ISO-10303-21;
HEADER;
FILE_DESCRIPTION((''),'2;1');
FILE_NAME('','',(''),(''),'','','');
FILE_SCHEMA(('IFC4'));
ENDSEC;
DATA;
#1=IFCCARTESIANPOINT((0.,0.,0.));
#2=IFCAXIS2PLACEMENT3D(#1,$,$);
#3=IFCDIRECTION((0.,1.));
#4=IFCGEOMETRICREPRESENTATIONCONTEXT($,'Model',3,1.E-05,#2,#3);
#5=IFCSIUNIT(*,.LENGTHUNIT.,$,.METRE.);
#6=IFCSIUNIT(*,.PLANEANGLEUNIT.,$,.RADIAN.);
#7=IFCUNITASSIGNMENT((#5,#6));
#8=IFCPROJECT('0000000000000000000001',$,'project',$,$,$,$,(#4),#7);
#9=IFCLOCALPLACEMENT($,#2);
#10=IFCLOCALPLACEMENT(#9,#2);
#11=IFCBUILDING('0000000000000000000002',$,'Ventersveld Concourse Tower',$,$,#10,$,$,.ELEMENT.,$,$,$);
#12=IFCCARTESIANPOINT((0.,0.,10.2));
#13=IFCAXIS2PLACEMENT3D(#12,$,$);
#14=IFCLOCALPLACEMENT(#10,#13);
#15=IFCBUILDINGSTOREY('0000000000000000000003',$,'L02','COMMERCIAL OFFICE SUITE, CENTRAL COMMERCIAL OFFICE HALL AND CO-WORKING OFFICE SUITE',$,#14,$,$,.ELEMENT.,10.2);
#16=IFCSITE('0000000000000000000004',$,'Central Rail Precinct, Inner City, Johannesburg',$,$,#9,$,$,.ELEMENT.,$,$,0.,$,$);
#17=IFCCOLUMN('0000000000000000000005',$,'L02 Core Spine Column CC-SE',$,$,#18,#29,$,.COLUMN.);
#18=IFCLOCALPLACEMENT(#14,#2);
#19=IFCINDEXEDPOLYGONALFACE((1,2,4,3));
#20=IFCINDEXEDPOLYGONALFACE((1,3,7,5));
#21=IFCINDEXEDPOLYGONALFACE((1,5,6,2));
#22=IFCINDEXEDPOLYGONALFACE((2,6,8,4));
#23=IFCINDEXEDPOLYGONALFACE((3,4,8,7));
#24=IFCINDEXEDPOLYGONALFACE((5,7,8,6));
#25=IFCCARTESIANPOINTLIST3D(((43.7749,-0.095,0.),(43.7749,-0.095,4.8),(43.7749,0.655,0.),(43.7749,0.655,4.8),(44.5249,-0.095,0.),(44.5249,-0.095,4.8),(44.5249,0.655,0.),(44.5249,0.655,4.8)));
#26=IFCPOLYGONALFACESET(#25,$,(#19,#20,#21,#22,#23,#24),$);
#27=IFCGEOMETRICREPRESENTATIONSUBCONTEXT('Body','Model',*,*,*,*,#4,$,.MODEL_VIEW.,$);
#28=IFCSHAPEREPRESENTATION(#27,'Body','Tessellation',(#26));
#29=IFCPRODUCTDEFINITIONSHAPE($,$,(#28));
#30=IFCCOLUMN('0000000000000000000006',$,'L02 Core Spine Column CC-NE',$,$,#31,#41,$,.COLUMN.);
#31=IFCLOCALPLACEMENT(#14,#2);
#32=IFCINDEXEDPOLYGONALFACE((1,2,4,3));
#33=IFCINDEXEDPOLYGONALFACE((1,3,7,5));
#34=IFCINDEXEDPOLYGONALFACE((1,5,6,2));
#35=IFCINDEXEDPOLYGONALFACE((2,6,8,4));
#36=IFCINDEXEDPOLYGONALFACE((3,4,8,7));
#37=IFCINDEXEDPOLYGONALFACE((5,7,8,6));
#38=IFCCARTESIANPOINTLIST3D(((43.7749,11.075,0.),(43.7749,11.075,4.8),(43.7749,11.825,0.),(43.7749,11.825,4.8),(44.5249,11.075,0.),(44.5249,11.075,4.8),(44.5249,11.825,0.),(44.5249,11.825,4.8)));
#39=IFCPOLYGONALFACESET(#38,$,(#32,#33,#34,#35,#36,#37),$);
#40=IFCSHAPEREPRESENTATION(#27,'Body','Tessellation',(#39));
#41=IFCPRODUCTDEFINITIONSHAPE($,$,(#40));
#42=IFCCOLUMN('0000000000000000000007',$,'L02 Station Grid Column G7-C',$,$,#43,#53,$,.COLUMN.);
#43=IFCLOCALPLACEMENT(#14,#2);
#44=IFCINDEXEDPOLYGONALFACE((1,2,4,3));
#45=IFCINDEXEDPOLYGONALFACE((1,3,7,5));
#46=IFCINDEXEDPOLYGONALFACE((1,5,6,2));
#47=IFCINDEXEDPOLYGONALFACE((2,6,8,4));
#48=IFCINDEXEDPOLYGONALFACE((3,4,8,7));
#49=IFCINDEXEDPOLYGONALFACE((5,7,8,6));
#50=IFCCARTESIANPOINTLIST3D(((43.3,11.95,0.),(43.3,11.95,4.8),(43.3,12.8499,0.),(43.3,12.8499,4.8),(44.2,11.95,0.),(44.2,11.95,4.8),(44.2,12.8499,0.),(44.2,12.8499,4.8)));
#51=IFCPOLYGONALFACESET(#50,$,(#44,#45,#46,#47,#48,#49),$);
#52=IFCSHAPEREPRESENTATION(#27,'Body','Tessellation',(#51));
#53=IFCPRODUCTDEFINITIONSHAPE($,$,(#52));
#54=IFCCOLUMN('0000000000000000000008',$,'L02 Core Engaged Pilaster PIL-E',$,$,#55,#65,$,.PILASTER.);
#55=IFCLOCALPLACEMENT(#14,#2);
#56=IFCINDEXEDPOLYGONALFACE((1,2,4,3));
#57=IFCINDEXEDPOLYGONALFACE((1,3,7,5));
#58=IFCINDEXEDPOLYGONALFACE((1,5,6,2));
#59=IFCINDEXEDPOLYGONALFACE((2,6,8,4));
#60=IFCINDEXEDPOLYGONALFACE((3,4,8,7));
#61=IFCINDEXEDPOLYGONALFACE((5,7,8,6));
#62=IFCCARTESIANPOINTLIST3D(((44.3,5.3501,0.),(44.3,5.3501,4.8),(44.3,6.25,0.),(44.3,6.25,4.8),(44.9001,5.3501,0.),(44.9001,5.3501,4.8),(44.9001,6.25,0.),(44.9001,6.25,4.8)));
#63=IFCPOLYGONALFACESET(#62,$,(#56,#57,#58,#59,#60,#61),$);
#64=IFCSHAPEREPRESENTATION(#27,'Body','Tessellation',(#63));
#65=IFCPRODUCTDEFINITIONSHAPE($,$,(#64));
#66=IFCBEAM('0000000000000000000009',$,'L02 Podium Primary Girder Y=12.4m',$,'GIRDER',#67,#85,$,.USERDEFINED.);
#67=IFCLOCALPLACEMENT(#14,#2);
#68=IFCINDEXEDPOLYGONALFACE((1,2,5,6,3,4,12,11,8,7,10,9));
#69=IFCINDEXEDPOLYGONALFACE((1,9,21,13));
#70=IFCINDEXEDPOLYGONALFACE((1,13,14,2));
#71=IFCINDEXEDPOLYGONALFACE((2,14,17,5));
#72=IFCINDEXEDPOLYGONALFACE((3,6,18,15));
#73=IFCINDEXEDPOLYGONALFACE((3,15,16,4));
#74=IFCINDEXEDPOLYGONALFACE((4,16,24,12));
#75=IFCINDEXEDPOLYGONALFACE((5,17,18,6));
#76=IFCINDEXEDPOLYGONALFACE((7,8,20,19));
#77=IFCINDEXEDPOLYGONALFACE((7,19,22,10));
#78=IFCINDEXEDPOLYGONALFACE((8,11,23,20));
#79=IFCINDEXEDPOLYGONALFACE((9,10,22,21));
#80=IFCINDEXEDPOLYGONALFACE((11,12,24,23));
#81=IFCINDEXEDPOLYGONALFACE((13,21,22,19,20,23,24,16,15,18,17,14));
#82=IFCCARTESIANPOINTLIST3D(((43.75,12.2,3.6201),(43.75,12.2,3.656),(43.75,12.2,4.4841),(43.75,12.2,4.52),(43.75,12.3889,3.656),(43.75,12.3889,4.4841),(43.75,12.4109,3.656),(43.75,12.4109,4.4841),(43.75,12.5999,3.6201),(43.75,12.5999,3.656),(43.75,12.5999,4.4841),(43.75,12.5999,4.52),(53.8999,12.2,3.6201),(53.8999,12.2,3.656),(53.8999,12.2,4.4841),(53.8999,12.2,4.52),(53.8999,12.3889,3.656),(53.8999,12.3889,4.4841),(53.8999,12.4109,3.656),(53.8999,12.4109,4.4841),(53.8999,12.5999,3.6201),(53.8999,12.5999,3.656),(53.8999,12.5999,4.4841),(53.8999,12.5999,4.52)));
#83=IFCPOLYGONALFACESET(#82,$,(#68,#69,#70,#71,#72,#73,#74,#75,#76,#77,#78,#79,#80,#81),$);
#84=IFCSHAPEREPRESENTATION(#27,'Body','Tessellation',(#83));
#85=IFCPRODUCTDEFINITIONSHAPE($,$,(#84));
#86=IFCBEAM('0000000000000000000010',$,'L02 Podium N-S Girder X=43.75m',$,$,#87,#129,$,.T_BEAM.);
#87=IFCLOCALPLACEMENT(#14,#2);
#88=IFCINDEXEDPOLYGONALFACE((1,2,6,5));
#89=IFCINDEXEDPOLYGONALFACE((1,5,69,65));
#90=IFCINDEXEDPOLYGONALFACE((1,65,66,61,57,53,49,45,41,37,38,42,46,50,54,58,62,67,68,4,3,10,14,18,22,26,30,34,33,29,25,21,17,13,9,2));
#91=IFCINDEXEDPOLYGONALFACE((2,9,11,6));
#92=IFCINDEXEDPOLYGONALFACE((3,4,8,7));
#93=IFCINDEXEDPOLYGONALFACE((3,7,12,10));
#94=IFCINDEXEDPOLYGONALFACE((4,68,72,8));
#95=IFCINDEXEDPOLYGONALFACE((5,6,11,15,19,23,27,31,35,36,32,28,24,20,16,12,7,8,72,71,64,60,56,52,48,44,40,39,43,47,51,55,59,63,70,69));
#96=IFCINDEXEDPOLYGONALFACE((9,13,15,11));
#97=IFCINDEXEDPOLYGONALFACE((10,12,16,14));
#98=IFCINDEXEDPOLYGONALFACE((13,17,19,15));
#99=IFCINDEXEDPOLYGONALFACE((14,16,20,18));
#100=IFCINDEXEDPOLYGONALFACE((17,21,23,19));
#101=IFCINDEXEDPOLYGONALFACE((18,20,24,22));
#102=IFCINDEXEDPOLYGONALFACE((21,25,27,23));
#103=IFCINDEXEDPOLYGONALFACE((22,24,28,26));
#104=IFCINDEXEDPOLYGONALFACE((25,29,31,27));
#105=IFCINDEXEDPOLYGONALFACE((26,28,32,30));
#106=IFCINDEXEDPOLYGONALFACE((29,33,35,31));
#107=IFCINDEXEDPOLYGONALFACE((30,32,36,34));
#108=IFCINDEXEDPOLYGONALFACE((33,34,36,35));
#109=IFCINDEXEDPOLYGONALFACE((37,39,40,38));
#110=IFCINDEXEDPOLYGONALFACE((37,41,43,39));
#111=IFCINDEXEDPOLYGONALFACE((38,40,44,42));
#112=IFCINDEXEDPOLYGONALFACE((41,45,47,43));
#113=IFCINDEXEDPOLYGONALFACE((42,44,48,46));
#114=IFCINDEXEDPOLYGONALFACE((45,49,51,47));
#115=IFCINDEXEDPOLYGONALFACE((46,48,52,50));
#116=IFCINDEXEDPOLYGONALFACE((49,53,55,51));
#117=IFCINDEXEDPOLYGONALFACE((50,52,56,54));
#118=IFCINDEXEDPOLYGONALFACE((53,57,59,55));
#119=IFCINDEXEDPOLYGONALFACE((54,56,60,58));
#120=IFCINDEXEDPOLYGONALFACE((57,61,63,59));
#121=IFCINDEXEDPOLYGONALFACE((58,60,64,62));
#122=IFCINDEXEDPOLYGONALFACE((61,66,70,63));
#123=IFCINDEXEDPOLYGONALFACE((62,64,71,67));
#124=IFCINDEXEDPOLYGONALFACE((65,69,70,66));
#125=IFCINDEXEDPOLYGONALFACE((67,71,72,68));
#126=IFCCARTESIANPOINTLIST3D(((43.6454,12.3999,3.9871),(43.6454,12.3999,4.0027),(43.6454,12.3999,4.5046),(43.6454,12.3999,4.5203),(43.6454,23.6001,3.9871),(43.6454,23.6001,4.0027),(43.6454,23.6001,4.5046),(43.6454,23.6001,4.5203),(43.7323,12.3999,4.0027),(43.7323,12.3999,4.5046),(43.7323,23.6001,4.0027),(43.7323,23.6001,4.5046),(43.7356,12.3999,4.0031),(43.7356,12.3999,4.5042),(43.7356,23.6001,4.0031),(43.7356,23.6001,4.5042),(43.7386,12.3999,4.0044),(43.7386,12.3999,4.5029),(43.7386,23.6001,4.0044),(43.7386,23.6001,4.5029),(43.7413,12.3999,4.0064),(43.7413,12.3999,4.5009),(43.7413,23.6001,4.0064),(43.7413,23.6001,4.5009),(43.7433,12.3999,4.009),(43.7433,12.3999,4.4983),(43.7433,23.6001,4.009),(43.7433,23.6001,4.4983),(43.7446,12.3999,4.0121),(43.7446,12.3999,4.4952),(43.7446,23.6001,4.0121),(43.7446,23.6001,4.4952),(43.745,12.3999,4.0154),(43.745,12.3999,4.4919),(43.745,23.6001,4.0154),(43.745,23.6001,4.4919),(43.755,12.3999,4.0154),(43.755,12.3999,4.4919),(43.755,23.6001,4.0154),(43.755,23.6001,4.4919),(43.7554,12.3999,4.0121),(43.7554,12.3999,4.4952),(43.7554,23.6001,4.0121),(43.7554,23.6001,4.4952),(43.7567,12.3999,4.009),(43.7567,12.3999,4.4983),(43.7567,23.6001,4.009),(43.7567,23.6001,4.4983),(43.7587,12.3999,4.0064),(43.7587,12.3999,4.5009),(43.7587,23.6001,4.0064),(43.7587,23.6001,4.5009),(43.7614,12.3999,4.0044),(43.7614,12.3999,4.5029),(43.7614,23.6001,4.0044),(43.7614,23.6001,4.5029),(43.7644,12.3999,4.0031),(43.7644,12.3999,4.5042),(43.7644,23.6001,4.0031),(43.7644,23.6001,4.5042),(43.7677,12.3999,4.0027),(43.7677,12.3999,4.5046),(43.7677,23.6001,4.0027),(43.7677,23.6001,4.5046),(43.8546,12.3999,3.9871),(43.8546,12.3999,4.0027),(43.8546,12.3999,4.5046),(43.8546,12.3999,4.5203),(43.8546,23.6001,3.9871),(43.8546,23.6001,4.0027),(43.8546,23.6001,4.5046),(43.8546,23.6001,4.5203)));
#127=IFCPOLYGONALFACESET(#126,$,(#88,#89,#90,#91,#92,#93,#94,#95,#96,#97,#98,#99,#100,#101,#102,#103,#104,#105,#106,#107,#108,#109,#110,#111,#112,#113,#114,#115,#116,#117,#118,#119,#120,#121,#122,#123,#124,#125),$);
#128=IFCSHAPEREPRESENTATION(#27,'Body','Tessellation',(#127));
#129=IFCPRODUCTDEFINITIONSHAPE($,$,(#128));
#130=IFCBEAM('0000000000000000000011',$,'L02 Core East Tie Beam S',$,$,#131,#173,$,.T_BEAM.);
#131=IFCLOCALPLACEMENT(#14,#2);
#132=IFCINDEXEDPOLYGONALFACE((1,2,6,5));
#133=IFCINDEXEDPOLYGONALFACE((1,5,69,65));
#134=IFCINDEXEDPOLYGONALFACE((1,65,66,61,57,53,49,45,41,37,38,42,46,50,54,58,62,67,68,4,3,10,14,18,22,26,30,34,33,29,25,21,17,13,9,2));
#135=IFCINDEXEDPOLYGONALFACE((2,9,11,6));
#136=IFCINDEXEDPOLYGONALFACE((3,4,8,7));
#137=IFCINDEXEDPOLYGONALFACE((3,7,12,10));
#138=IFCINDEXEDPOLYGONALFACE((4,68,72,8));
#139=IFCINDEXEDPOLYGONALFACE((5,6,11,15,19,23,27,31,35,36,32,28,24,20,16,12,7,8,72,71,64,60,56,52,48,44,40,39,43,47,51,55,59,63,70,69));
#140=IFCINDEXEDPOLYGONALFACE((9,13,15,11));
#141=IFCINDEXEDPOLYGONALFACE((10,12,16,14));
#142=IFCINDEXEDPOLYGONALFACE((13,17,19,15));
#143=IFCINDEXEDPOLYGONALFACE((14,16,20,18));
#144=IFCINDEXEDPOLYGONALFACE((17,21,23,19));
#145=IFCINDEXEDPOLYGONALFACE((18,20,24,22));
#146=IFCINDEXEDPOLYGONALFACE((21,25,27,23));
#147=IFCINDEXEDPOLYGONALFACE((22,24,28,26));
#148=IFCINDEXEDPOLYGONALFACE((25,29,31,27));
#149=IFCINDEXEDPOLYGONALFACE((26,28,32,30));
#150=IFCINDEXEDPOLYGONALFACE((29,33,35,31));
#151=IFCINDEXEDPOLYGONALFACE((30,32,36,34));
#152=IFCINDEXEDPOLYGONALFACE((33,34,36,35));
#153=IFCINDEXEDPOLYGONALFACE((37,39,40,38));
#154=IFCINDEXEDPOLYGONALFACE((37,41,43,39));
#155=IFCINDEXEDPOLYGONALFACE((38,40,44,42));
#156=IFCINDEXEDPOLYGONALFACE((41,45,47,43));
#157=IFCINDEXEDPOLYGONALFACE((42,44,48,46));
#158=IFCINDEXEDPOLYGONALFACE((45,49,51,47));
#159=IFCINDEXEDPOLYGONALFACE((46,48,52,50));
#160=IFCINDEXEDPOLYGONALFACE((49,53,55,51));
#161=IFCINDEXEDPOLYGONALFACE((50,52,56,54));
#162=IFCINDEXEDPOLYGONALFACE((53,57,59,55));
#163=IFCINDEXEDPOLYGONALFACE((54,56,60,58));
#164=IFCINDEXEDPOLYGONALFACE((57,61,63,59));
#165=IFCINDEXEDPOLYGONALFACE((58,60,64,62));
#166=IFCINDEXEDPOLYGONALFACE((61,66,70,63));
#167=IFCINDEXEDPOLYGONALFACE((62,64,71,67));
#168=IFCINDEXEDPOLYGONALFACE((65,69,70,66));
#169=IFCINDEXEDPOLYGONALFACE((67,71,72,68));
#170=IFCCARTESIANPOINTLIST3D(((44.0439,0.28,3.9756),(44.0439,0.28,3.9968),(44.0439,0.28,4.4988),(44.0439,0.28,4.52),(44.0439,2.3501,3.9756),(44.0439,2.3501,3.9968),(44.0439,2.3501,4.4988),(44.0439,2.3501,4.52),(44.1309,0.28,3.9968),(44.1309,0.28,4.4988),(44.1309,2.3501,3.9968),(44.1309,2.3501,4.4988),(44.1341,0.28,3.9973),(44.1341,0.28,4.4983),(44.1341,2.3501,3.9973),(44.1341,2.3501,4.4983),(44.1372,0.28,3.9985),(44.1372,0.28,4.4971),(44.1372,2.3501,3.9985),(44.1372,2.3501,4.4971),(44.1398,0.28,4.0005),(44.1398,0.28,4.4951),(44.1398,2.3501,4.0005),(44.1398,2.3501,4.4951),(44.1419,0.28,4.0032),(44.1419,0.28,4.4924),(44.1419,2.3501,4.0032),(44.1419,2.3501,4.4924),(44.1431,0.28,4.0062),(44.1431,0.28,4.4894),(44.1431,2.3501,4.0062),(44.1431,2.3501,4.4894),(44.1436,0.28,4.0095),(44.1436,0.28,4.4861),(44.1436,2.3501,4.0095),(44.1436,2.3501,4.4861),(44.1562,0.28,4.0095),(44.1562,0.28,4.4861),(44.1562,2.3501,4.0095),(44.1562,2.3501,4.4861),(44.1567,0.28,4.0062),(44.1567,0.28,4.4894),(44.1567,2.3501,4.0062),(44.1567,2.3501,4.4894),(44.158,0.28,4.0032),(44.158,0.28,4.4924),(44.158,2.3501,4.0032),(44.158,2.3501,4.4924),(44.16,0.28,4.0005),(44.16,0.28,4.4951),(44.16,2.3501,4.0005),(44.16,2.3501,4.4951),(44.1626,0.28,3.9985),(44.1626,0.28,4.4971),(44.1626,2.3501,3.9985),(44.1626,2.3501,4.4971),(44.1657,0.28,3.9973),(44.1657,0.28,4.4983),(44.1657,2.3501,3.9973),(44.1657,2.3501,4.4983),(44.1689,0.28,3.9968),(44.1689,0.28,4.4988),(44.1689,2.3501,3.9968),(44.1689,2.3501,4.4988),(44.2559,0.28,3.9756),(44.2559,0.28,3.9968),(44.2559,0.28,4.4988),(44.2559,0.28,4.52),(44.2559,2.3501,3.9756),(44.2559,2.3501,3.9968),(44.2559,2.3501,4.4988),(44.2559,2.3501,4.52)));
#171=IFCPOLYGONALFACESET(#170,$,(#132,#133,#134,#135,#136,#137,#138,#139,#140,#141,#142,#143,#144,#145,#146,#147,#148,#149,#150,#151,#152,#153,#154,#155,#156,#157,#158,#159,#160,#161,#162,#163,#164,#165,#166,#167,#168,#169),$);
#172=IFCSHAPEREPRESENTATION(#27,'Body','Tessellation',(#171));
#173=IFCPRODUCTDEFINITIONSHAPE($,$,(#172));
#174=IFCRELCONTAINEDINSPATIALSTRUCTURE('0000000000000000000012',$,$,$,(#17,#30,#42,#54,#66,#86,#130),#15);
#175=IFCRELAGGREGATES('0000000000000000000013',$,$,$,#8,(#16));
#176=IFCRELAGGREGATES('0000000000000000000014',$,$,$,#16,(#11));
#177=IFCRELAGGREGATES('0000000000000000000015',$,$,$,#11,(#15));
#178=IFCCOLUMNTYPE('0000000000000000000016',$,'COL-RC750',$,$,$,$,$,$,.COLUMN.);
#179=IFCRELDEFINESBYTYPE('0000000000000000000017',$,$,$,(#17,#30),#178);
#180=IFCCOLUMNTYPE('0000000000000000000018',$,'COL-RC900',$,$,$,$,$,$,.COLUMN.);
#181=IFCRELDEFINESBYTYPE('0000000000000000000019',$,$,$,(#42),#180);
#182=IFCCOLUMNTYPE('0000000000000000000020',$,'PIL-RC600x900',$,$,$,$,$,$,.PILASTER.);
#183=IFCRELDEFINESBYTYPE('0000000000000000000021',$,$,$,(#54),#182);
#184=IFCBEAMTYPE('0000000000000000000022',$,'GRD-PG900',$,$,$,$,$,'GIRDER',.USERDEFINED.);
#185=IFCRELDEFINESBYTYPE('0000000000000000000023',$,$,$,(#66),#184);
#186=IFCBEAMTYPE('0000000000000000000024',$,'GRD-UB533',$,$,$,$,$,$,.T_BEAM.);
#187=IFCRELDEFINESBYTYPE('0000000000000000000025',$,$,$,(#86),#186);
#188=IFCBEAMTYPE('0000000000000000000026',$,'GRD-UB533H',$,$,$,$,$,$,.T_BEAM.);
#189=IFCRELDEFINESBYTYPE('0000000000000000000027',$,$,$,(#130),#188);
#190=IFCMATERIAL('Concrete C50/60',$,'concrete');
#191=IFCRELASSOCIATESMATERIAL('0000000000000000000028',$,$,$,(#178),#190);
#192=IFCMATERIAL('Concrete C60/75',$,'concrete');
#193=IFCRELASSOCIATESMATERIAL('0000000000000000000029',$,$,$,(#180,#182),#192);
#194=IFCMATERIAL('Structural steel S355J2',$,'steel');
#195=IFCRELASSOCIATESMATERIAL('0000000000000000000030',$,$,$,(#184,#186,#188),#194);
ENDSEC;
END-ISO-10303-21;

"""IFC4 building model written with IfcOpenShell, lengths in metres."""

from ifc_helpers import new_model, si_unit, direction, frame, origin, origin_2d, place, context, subcontext, project, spatial, rectangle, i_section, extrude, material, material_profile, profile_set, type_object, element, save


model = new_model("IFC4")

# Units and contexts
model_context = context("Model", 3, precision=1e-05, world=origin(), true_north=direction((0.0, 1.0)))
body_context = subcontext(model_context, "Body", "Model", "MODEL_VIEW")
ifc_project = project(units=[si_unit("LENGTHUNIT", "METRE"), si_unit("PLANEANGLEUNIT", "RADIAN")], contexts=[model_context])

# Site, building, storey
site_placement = place(None, origin())
site = spatial("IfcSite", under=ifc_project, at=site_placement, Name="Central Rail Precinct, Inner City, Johannesburg", CompositionType="ELEMENT", RefElevation=0.0)
building_placement = place(site_placement, origin())
building = spatial("IfcBuilding", under=site, at=building_placement, Name="Ventersveld Concourse Tower", CompositionType="ELEMENT")
storey_placement = place(building_placement, frame((0.0, 0.0, 10.2)))
storey = spatial("IfcBuildingStorey", under=building, at=storey_placement, Name="L02", Description="COMMERCIAL OFFICE SUITE, CENTRAL COMMERCIAL OFFICE HALL AND CO-WORKING OFFICE SUITE", CompositionType="ELEMENT", Elevation=10.2)

# Columns
ifc_material_1 = material(Name="Concrete C50/60", Category="concrete")
ifc_material_profile_1 = material_profile(ifc_material_1, rectangle(XDim=0.75, YDim=0.75, at=origin_2d()), Name="RC 750x750")
ifc_profile_set_1 = profile_set([ifc_material_profile_1], Name="Concrete C50/60")
column_type_1 = type_object("IfcColumnType", Name="COL-RC750", PredefinedType="COLUMN", material=ifc_profile_set_1)
for number, where, z_axis, x_axis, name in (
    (1, (44.1499, 0.28, 0.0), (0.0, 0.0, 1.0), (1.0, 0.0, 0.0), "L02 Core Spine Column CC-SE"),
    (2, (44.1499, 11.45, 0.0), (0.0, 0.0, 1.0), (1.0, 0.0, 0.0), "L02 Core Spine Column CC-NE"),
):
    element("IfcColumn", number, at=place(storey_placement, frame(where, z_axis=z_axis, x_axis=x_axis)), inside=storey, type_object=column_type_1, Name=name, PredefinedType="COLUMN", context=body_context, shape_type="SweptSolid", body=[
        extrude(rectangle(XDim=0.75, YDim=0.75, at=origin_2d()), origin(), (0.0, 0.0, 1.0), 4.8),
    ])
ifc_material_2 = material(Name="Concrete C60/75", Category="concrete")
ifc_material_profile_2 = material_profile(ifc_material_2, rectangle(XDim=0.8999, YDim=0.8999, at=origin_2d()), Name="RC 900x900")
ifc_profile_set_2 = profile_set([ifc_material_profile_2], Name="Concrete C60/75")
column_type_2 = type_object("IfcColumnType", Name="COL-RC900", PredefinedType="COLUMN", material=ifc_profile_set_2)
column_1_placement = place(storey_placement, frame((43.75, 12.3999, 0.0), z_axis=(0.0, 0.0, 1.0), x_axis=(1.0, 0.0, 0.0)))
element("IfcColumn", 3, at=column_1_placement, inside=storey, type_object=column_type_2, Name="L02 Station Grid Column G7-C", PredefinedType="COLUMN", context=body_context, shape_type="SweptSolid", body=[
    extrude(rectangle(XDim=0.8999, YDim=0.8999, at=origin_2d()), origin(), (0.0, 0.0, 1.0), 4.8),
])
ifc_material_profile_3 = material_profile(ifc_material_2, rectangle(XDim=0.6001, YDim=0.8999, at=origin_2d()), Name="RC 600x900")
ifc_profile_set_3 = profile_set([ifc_material_profile_3], Name="Concrete C60/75")
column_type_3 = type_object("IfcColumnType", Name="PIL-RC600x900", PredefinedType="PILASTER", material=ifc_profile_set_3)
column_2_placement = place(storey_placement, frame((44.6001, 5.8, 0.0), z_axis=(0.0, 0.0, 1.0), x_axis=(1.0, 0.0, 0.0)))
element("IfcColumn", 4, at=column_2_placement, inside=storey, type_object=column_type_3, Name="L02 Core Engaged Pilaster PIL-E", PredefinedType="PILASTER", context=body_context, shape_type="SweptSolid", body=[
    extrude(rectangle(XDim=0.6001, YDim=0.8999, at=origin_2d()), origin(), (0.0, 0.0, 1.0), 4.8),
])

# Beams
ifc_material_3 = material(Name="Structural steel S355J2", Category="steel")
ifc_material_profile_4 = material_profile(ifc_material_3, i_section(OverallWidth=0.3999, OverallDepth=0.8999, WebThickness=0.022, FlangeThickness=0.0359, at=origin_2d()), Name="PG 900x400x36")
ifc_profile_set_4 = profile_set([ifc_material_profile_4], Name="Structural steel S355J2")
beam_type_1 = type_object("IfcBeamType", Name="GRD-PG900", ElementType="GIRDER", PredefinedType="USERDEFINED", material=ifc_profile_set_4)
beam_1_placement = place(storey_placement, frame((43.75, 12.3999, 4.0701), z_axis=(1.0, 0.0, 0.0), x_axis=(0.0, 1.0, 0.0)))
element("IfcBeam", 5, at=beam_1_placement, inside=storey, type_object=beam_type_1, Name="L02 Podium Primary Girder Y=12.4m", ObjectType="GIRDER", PredefinedType="USERDEFINED", context=body_context, shape_type="SweptSolid", body=[
    extrude(i_section(OverallWidth=0.3999, OverallDepth=0.8999, WebThickness=0.022, FlangeThickness=0.0359, at=origin_2d()), origin(), (0.0, 0.0, 1.0), 10.1499),
])
ifc_material_profile_5 = material_profile(ifc_material_3, i_section(OverallWidth=0.2092, OverallDepth=0.5332, WebThickness=0.01, FlangeThickness=0.0156, FilletRadius=0.0127, at=origin_2d()), Name="UB 533x210x92")
ifc_profile_set_5 = profile_set([ifc_material_profile_5], Name="Structural steel S355J2")
beam_type_2 = type_object("IfcBeamType", Name="GRD-UB533", PredefinedType="T_BEAM", material=ifc_profile_set_5)
beam_2_placement = place(storey_placement, frame((43.75, 12.3999, 4.2537), z_axis=(0.0, 1.0, 0.0), x_axis=(-1.0, 0.0, 0.0)))
element("IfcBeam", 6, at=beam_2_placement, inside=storey, type_object=beam_type_2, Name="L02 Podium N-S Girder X=43.75m", PredefinedType="T_BEAM", context=body_context, shape_type="SweptSolid", body=[
    extrude(i_section(OverallWidth=0.2092, OverallDepth=0.5332, WebThickness=0.01, FlangeThickness=0.0156, FilletRadius=0.0127, at=origin_2d()), origin(), (0.0, 0.0, 1.0), 11.2002),
])
ifc_material_profile_6 = material_profile(ifc_material_3, i_section(OverallWidth=0.2119, OverallDepth=0.5444, WebThickness=0.0127, FlangeThickness=0.0212, FilletRadius=0.0127, at=origin_2d()), Name="UB 533x210x122")
ifc_profile_set_6 = profile_set([ifc_material_profile_6], Name="Structural steel S355J2")
beam_type_3 = type_object("IfcBeamType", Name="GRD-UB533H", PredefinedType="T_BEAM", material=ifc_profile_set_6)
beam_3_placement = place(storey_placement, frame((44.1499, 0.28, 4.2478), z_axis=(0.0, 1.0, 0.0), x_axis=(-1.0, 0.0, 0.0)))
element("IfcBeam", 7, at=beam_3_placement, inside=storey, type_object=beam_type_3, Name="L02 Core East Tie Beam S", PredefinedType="T_BEAM", context=body_context, shape_type="SweptSolid", body=[
    extrude(i_section(OverallWidth=0.2119, OverallDepth=0.5444, WebThickness=0.0127, FlangeThickness=0.0212, FilletRadius=0.0127, at=origin_2d()), origin(), (0.0, 0.0, 1.0), 2.0701),
])

save(model, "model.ifc")
